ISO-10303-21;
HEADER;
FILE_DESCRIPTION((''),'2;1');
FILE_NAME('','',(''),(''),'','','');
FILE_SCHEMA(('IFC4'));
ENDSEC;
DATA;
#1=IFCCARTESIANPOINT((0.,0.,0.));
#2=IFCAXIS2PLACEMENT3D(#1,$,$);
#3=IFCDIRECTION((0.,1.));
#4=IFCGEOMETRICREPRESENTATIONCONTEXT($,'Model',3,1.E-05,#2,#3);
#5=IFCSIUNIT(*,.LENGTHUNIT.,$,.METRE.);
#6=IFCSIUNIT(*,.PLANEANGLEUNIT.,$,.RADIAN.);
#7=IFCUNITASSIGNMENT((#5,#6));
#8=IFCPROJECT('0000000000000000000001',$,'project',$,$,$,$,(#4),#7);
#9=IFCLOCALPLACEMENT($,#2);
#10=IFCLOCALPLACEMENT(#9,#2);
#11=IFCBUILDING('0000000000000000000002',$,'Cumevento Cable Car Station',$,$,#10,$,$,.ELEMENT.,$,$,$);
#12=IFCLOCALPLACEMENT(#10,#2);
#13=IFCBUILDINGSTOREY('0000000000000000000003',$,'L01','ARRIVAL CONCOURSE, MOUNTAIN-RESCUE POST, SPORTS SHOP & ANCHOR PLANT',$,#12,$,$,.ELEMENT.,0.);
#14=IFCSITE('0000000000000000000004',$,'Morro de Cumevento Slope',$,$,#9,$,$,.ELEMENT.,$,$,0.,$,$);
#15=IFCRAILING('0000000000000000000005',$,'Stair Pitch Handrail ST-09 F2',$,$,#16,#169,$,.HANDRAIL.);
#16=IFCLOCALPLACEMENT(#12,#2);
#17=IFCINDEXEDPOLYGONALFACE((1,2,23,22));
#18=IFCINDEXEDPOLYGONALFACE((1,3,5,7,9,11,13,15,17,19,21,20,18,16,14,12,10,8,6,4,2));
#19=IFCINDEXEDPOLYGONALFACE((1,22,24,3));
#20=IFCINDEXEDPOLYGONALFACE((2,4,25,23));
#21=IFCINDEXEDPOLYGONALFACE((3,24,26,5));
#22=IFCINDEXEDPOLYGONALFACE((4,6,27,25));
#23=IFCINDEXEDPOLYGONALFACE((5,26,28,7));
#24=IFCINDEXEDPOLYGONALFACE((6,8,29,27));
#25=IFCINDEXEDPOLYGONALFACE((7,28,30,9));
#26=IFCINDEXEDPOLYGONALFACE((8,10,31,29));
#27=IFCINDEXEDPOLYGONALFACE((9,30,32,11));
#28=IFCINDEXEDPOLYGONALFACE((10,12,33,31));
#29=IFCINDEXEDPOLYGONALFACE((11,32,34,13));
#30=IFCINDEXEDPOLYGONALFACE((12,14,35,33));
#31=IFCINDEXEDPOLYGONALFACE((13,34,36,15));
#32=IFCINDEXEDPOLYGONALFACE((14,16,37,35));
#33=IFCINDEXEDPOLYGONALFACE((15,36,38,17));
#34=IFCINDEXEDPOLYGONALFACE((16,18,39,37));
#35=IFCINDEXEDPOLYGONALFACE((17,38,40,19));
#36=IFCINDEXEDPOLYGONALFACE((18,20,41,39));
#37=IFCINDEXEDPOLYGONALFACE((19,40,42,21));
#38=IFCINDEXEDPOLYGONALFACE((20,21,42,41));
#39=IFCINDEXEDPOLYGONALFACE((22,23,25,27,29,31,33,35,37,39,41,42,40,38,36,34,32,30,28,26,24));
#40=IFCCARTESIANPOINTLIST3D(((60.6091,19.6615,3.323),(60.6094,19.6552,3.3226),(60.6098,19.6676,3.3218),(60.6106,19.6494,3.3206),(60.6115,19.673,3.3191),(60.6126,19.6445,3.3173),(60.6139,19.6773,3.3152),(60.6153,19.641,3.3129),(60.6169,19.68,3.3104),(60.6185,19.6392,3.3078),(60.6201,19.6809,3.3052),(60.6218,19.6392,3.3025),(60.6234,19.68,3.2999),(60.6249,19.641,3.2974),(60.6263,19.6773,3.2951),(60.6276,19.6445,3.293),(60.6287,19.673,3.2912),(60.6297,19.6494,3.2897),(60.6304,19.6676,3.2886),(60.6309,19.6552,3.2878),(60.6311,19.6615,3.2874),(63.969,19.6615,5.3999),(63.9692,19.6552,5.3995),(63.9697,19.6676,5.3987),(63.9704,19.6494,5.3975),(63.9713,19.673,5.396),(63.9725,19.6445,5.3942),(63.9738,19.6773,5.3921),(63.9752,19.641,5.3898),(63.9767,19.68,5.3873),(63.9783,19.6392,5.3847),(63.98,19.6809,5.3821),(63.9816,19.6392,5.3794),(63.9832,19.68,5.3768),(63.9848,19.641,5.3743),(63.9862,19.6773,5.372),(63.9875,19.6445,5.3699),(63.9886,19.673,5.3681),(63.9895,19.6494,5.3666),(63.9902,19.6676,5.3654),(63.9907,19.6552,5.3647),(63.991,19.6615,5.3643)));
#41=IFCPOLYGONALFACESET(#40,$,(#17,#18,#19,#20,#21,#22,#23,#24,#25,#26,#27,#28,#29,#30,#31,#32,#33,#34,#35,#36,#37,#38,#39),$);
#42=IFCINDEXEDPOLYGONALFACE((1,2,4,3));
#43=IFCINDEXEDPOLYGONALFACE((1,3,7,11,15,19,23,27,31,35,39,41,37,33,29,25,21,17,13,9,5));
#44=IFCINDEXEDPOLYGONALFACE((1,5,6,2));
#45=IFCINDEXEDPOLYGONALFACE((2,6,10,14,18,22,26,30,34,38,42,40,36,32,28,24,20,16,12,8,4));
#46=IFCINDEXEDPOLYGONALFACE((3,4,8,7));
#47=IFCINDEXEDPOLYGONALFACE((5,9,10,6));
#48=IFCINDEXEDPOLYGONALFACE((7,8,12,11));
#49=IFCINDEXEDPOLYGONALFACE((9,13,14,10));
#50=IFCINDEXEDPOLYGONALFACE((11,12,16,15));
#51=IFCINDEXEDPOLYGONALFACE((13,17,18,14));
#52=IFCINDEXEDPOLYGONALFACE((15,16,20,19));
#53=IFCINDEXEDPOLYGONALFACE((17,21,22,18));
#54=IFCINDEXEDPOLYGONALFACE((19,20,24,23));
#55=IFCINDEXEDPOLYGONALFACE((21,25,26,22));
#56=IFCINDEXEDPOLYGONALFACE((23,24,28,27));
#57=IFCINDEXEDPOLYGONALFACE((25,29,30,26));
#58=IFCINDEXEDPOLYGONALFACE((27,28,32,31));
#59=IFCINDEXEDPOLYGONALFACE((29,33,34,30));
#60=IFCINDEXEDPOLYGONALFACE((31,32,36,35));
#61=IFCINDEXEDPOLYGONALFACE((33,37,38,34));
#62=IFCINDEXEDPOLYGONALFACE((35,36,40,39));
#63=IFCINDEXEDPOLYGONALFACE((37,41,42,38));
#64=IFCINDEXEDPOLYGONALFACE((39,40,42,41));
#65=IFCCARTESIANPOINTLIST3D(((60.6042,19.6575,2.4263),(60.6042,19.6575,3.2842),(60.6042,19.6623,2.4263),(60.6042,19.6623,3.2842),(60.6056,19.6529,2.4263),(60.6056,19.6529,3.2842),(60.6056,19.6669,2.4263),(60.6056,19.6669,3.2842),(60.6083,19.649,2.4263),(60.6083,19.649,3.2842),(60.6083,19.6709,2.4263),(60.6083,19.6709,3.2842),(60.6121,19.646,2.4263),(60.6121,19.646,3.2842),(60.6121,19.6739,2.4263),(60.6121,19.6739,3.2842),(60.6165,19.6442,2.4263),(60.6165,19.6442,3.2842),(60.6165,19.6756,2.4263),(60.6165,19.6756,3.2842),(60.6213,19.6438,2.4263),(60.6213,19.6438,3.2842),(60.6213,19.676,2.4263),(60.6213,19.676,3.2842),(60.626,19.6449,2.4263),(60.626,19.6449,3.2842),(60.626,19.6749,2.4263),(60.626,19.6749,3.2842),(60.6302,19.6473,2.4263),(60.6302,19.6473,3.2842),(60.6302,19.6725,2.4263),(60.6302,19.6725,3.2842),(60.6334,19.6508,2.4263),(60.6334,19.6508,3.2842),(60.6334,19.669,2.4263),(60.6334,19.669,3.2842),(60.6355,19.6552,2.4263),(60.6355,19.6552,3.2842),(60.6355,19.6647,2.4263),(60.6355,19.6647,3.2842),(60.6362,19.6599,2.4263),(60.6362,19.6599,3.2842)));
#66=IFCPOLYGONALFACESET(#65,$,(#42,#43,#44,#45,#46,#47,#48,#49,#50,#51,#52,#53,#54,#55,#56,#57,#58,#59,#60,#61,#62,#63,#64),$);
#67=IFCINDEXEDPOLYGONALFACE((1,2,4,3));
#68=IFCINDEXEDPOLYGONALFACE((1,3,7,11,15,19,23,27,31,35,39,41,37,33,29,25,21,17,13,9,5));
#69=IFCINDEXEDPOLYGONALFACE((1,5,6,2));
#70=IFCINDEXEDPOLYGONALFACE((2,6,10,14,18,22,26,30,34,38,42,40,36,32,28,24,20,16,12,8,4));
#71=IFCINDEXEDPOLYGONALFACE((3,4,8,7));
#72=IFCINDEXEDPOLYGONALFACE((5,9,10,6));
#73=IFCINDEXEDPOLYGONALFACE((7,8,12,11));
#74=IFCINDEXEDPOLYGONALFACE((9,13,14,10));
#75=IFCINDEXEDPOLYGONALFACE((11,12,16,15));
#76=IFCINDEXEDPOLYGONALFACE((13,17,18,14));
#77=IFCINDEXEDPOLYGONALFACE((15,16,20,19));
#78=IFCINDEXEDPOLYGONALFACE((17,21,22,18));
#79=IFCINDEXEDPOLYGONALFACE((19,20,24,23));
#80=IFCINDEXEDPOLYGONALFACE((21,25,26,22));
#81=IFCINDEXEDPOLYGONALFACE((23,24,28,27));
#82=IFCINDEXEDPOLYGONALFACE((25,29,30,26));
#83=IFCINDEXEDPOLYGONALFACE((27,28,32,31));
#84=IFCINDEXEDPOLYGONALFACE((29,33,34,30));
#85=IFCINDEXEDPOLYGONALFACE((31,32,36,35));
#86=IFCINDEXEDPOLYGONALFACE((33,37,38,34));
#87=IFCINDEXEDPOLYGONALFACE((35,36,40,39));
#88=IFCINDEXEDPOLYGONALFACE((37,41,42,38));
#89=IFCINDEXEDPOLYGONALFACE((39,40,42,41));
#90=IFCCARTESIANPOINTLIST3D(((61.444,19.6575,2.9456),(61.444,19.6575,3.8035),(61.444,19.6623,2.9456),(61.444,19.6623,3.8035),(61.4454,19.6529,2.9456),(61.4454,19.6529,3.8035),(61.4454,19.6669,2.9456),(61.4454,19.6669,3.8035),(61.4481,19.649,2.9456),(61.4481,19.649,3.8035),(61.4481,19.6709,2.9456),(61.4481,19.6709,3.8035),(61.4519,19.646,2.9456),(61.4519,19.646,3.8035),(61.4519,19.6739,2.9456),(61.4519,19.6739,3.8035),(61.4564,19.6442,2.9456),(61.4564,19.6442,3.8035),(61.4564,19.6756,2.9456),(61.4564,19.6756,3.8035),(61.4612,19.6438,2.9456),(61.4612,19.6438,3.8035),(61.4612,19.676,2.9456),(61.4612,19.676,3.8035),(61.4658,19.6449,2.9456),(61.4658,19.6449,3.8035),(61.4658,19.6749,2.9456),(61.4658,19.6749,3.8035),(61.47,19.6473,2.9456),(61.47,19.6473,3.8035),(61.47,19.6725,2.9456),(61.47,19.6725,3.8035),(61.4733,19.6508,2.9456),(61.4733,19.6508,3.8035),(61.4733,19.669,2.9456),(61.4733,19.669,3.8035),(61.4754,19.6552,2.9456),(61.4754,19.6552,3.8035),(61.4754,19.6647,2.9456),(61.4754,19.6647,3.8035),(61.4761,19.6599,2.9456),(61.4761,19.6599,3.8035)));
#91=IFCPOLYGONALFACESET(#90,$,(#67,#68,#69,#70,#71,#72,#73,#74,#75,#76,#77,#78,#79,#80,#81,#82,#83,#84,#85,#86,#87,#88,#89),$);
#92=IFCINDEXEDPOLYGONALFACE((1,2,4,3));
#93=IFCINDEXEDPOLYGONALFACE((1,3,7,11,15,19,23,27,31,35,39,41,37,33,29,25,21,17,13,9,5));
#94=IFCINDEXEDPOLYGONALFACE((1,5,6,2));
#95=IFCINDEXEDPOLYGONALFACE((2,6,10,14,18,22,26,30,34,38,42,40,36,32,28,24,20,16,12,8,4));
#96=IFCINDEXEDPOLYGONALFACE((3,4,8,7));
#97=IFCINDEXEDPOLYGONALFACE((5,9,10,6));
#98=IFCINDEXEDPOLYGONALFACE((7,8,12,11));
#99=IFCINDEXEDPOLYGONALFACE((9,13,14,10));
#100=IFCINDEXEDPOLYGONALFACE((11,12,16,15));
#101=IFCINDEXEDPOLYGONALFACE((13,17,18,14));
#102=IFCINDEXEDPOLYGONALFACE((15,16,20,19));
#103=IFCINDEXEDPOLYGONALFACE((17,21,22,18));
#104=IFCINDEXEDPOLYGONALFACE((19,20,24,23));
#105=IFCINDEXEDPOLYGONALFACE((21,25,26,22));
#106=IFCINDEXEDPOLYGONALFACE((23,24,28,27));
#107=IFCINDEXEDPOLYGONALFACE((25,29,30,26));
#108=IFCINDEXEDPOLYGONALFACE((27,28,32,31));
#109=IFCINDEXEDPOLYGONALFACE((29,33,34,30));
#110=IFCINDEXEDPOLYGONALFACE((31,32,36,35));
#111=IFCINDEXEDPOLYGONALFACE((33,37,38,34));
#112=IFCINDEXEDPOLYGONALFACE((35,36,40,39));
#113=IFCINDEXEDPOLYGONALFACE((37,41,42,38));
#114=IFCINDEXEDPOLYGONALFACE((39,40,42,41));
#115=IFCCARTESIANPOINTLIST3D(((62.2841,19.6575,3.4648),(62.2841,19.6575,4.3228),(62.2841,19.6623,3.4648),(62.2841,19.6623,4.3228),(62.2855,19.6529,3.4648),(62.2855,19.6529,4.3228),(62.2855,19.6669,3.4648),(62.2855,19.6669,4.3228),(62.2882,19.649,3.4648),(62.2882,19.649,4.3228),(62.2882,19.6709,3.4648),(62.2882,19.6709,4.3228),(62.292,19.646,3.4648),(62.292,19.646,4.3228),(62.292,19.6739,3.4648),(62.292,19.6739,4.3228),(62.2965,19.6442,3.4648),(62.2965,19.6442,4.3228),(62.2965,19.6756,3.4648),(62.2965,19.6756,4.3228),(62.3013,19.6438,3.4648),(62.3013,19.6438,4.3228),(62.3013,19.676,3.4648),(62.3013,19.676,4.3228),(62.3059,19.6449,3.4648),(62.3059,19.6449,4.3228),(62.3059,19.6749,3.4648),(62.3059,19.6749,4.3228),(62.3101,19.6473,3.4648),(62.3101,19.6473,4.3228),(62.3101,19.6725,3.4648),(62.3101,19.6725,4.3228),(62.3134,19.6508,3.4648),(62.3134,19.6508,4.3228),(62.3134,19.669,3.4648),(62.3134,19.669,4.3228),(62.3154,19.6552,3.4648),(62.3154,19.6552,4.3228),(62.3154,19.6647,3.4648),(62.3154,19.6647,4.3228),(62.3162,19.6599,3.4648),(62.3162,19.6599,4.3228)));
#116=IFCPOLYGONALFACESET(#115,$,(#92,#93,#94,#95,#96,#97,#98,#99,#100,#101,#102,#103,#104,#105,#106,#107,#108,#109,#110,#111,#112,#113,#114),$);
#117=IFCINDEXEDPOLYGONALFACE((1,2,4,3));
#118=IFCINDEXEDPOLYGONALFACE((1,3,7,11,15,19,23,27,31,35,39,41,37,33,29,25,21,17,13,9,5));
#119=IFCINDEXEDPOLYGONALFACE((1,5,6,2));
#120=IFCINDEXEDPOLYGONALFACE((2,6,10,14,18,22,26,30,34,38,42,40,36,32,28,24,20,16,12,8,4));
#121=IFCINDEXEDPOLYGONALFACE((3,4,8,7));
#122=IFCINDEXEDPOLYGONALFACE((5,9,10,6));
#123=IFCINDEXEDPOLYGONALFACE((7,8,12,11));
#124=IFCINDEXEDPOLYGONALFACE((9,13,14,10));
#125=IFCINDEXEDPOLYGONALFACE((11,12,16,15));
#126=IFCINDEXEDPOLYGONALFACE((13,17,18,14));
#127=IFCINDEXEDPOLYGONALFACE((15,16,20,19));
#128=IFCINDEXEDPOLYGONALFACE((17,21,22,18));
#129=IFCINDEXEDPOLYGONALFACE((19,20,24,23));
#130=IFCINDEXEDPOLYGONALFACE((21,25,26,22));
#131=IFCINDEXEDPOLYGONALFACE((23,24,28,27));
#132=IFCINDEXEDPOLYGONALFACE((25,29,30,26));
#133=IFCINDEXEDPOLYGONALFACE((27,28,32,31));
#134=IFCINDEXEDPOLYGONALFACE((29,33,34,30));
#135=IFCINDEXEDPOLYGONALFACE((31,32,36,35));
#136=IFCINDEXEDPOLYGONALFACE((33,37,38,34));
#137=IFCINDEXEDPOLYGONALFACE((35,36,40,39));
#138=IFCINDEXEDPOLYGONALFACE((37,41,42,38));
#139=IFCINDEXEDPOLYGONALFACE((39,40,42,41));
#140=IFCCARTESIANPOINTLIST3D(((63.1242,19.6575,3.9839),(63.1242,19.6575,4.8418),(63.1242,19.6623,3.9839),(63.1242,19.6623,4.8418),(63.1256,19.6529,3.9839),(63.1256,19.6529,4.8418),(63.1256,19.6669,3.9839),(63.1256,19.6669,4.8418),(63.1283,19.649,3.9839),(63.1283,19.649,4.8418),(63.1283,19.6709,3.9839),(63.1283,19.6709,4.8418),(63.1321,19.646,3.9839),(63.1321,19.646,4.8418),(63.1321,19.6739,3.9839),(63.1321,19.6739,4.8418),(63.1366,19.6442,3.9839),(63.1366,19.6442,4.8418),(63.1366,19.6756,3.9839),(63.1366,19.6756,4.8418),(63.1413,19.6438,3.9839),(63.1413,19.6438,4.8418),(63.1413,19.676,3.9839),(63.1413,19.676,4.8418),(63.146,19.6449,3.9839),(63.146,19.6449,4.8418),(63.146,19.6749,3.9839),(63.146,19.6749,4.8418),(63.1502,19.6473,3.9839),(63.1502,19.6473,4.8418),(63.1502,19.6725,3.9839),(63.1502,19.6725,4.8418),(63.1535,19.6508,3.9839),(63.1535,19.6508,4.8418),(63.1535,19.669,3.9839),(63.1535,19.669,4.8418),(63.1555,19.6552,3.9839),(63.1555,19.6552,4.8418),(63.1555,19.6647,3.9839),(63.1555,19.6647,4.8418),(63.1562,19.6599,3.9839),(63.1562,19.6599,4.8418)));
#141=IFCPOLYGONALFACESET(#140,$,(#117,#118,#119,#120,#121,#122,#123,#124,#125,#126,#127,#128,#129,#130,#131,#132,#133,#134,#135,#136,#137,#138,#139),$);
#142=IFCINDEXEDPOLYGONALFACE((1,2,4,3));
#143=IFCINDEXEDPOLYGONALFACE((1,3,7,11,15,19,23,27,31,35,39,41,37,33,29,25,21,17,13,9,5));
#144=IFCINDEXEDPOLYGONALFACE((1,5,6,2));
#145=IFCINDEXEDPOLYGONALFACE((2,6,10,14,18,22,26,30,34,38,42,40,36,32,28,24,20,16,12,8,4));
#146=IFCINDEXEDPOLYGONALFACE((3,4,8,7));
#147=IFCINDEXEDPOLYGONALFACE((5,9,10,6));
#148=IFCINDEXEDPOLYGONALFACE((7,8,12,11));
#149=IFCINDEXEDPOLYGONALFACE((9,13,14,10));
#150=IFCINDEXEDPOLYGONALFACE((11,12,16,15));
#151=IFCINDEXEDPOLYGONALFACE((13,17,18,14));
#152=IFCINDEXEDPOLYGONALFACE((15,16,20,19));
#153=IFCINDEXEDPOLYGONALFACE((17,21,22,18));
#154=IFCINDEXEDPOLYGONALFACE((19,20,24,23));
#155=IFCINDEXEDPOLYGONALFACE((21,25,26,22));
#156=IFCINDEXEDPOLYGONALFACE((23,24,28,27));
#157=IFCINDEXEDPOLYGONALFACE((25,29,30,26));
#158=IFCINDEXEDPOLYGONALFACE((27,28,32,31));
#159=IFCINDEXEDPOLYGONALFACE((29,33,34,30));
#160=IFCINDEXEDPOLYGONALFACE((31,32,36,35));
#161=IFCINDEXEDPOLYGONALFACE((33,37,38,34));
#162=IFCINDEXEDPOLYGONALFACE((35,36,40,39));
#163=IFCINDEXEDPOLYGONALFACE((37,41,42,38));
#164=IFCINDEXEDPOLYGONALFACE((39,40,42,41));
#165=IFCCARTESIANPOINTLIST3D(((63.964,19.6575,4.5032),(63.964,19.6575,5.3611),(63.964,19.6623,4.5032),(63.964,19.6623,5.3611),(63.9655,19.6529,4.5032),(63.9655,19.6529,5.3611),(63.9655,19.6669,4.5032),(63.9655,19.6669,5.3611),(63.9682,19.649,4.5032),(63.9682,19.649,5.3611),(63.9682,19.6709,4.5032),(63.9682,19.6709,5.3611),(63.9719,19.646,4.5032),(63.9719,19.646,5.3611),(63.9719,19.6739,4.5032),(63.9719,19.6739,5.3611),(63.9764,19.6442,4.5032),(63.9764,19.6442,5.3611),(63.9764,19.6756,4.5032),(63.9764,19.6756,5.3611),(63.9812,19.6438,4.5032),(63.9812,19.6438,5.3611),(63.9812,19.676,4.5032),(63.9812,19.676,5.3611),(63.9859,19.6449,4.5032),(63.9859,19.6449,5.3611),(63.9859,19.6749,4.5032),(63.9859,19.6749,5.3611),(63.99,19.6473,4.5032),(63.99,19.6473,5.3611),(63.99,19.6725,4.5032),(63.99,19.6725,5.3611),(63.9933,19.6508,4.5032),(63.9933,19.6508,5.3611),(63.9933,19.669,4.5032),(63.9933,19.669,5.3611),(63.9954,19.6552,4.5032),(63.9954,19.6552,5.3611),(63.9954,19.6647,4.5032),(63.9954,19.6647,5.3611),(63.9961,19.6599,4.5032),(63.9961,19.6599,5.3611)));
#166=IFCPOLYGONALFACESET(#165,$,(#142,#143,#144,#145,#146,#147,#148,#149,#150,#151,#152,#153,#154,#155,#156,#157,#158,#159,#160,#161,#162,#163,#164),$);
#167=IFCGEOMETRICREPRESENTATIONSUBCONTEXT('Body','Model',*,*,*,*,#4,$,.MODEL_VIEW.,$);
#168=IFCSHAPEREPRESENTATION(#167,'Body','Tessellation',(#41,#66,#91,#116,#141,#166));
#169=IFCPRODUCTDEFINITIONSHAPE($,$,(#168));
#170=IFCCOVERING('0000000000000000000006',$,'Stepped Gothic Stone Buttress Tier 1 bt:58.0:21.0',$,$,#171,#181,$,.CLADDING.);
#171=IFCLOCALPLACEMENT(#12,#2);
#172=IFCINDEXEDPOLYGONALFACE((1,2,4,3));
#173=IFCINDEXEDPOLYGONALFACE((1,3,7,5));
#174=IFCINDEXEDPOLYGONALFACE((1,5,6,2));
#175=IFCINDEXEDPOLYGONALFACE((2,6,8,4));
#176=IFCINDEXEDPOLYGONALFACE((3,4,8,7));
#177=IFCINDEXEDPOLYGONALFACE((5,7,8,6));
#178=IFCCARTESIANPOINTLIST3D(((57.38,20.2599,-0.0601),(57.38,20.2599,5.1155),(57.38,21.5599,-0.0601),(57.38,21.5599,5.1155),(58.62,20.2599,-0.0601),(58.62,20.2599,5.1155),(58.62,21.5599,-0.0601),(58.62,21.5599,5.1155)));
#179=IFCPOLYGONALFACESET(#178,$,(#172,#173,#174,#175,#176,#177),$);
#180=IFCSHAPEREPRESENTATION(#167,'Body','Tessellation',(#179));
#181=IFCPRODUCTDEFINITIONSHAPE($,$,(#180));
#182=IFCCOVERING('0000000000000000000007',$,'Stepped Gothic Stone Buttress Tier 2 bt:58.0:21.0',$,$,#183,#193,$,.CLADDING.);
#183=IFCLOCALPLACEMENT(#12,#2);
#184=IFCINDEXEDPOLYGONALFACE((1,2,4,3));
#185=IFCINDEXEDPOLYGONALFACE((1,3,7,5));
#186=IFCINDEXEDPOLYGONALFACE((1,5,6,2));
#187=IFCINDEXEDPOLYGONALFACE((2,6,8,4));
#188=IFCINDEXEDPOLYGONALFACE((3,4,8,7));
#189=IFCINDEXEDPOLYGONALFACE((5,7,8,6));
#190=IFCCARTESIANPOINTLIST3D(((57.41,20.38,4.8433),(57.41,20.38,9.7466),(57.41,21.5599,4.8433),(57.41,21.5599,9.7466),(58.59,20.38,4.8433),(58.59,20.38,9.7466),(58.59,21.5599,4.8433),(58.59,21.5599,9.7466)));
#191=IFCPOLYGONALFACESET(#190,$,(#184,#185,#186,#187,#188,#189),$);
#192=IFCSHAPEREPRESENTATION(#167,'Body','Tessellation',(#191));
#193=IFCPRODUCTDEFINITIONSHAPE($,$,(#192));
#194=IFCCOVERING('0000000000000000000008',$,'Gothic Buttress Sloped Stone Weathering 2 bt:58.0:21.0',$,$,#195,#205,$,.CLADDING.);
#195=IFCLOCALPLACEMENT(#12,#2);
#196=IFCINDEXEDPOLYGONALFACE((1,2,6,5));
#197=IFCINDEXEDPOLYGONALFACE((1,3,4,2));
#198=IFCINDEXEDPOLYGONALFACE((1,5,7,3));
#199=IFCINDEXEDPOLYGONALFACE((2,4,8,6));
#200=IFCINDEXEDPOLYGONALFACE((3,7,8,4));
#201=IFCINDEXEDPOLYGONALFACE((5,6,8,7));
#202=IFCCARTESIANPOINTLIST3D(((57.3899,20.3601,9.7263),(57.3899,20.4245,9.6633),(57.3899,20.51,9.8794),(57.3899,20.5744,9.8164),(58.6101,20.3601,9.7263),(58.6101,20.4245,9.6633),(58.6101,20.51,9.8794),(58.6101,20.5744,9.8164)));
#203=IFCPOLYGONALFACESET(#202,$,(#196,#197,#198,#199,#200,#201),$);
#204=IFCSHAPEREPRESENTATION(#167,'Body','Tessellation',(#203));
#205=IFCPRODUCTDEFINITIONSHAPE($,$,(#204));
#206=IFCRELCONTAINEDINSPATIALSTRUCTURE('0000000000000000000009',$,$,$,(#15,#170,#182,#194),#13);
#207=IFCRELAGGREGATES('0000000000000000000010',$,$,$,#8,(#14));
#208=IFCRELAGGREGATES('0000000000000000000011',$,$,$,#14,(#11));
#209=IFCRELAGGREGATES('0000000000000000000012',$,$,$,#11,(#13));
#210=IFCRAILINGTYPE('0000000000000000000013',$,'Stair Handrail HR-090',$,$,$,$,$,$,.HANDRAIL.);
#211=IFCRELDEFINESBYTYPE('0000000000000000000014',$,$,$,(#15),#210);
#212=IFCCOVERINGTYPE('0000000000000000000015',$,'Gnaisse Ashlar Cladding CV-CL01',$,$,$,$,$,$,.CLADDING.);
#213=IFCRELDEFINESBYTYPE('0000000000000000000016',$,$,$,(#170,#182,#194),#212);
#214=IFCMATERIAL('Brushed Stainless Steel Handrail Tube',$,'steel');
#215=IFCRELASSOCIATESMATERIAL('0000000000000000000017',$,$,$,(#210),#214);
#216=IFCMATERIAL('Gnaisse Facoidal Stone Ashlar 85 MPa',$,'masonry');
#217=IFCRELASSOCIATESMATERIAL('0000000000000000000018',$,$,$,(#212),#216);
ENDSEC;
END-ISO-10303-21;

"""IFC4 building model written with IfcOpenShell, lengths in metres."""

from ifc_helpers import new_model, si_unit, direction, frame, origin, origin_2d, place, context, subcontext, project, spatial, polyline, rectangle, circle, outline, extrude, material, type_object, element, save


model = new_model("IFC4")

# Units and contexts
model_context = context("Model", 3, precision=1e-05, world=origin(), true_north=direction((0.0, 1.0)))
body_context = subcontext(model_context, "Body", "Model", "MODEL_VIEW")
ifc_project = project(units=[si_unit("LENGTHUNIT", "METRE"), si_unit("PLANEANGLEUNIT", "RADIAN")], contexts=[model_context])

# Site, building, storey
site_placement = place(None, origin())
site = spatial("IfcSite", under=ifc_project, at=site_placement, Name="Morro de Cumevento Slope", CompositionType="ELEMENT", RefElevation=0.0)
building_placement = place(site_placement, origin())
building = spatial("IfcBuilding", under=site, at=building_placement, Name="Cumevento Cable Car Station", CompositionType="ELEMENT")
storey_placement = place(building_placement, origin())
storey = spatial("IfcBuildingStorey", under=building, at=storey_placement, Name="L01", Description="ARRIVAL CONCOURSE, MOUNTAIN-RESCUE POST, SPORTS SHOP & ANCHOR PLANT", CompositionType="ELEMENT", Elevation=0.0)

# Railing
ifc_material_1 = material(Name="Brushed Stainless Steel Handrail Tube", Category="steel")
railing_type_1 = type_object("IfcRailingType", Name="Stair Handrail HR-090", PredefinedType="HANDRAIL", material=ifc_material_1)
railing_1_placement = place(storey_placement, frame((60.6201, 19.6599, 2.4263)))
element("IfcRailing", 1, at=railing_1_placement, inside=storey, type_object=railing_type_1, Name="Stair Pitch Handrail ST-09 F2", PredefinedType="HANDRAIL", context=body_context, shape_type="SweptSolid", body=[
    extrude(circle(Radius=0.021, at=origin_2d()), frame((0.0, 0.0, 0.8789), z_axis=(0.850606, 0.0, 0.525803), x_axis=(0.0, 1.0, 0.0)), (0.0, 0.0, 1.0), 3.95),
    extrude(circle(Radius=0.0161, at=origin_2d()), origin(), (0.0, 0.0, 1.0), 0.8579),
    extrude(circle(Radius=0.0161, at=origin_2d()), frame((0.8398, 0.0, 0.5193)), (0.0, 0.0, 1.0), 0.8579),
    extrude(circle(Radius=0.0161, at=origin_2d()), frame((1.6799, 0.0, 1.0386)), (0.0, 0.0, 1.0), 0.8579),
    extrude(circle(Radius=0.0161, at=origin_2d()), frame((2.52, 0.0, 1.5576)), (0.0, 0.0, 1.0), 0.8579),
    extrude(circle(Radius=0.0161, at=origin_2d()), frame((3.3599, 0.0, 2.0769)), (0.0, 0.0, 1.0), 0.8579),
])

# Coverings
ifc_material_2 = material(Name="Gnaisse Facoidal Stone Ashlar 85 MPa", Category="masonry")
covering_type = type_object("IfcCoveringType", Name="Gnaisse Ashlar Cladding CV-CL01", PredefinedType="CLADDING", material=ifc_material_2)
covering_1_placement = place(storey_placement, frame((58.0, 20.9099, -0.0601), z_axis=(0.0, 0.0, 1.0), x_axis=(1.0, 0.0, 0.0)))
element("IfcCovering", 2, at=covering_1_placement, inside=storey, type_object=covering_type, Name="Stepped Gothic Stone Buttress Tier 1 bt:58.0:21.0", PredefinedType="CLADDING", context=body_context, shape_type="SweptSolid", body=[
    extrude(rectangle(XDim=1.24, YDim=1.3, at=origin_2d()), origin(), (0.0, 0.0, 1.0), 5.1755),
])
covering_2_placement = place(storey_placement, frame((58.0, 20.97, 4.8433), z_axis=(0.0, 0.0, 1.0), x_axis=(1.0, 0.0, 0.0)))
element("IfcCovering", 3, at=covering_2_placement, inside=storey, type_object=covering_type, Name="Stepped Gothic Stone Buttress Tier 2 bt:58.0:21.0", PredefinedType="CLADDING", context=body_context, shape_type="SweptSolid", body=[
    extrude(rectangle(XDim=1.1799, YDim=1.1799, at=origin_2d()), origin(), (0.0, 0.0, 1.0), 4.9033),
])
covering_3_placement = place(storey_placement, frame((57.3899, 20.3601, 9.7263), z_axis=(0.0, -0.714475, 0.699661), x_axis=(1.0, 0.0, 0.0)))
element("IfcCovering", 4, at=covering_3_placement, inside=storey, type_object=covering_type, Name="Gothic Buttress Sloped Stone Weathering 2 bt:58.0:21.0", PredefinedType="CLADDING", context=body_context, shape_type="SweptSolid", body=[
    extrude(outline(polyline([(0.0, 0.0), (1.2202, 0.0), (1.2202, 0.2142), (0.0, 0.2142), (0.0, 0.0)])), origin(), (0.0, 0.0, -1.0), 0.0901),
])

save(model, "model.ifc")
